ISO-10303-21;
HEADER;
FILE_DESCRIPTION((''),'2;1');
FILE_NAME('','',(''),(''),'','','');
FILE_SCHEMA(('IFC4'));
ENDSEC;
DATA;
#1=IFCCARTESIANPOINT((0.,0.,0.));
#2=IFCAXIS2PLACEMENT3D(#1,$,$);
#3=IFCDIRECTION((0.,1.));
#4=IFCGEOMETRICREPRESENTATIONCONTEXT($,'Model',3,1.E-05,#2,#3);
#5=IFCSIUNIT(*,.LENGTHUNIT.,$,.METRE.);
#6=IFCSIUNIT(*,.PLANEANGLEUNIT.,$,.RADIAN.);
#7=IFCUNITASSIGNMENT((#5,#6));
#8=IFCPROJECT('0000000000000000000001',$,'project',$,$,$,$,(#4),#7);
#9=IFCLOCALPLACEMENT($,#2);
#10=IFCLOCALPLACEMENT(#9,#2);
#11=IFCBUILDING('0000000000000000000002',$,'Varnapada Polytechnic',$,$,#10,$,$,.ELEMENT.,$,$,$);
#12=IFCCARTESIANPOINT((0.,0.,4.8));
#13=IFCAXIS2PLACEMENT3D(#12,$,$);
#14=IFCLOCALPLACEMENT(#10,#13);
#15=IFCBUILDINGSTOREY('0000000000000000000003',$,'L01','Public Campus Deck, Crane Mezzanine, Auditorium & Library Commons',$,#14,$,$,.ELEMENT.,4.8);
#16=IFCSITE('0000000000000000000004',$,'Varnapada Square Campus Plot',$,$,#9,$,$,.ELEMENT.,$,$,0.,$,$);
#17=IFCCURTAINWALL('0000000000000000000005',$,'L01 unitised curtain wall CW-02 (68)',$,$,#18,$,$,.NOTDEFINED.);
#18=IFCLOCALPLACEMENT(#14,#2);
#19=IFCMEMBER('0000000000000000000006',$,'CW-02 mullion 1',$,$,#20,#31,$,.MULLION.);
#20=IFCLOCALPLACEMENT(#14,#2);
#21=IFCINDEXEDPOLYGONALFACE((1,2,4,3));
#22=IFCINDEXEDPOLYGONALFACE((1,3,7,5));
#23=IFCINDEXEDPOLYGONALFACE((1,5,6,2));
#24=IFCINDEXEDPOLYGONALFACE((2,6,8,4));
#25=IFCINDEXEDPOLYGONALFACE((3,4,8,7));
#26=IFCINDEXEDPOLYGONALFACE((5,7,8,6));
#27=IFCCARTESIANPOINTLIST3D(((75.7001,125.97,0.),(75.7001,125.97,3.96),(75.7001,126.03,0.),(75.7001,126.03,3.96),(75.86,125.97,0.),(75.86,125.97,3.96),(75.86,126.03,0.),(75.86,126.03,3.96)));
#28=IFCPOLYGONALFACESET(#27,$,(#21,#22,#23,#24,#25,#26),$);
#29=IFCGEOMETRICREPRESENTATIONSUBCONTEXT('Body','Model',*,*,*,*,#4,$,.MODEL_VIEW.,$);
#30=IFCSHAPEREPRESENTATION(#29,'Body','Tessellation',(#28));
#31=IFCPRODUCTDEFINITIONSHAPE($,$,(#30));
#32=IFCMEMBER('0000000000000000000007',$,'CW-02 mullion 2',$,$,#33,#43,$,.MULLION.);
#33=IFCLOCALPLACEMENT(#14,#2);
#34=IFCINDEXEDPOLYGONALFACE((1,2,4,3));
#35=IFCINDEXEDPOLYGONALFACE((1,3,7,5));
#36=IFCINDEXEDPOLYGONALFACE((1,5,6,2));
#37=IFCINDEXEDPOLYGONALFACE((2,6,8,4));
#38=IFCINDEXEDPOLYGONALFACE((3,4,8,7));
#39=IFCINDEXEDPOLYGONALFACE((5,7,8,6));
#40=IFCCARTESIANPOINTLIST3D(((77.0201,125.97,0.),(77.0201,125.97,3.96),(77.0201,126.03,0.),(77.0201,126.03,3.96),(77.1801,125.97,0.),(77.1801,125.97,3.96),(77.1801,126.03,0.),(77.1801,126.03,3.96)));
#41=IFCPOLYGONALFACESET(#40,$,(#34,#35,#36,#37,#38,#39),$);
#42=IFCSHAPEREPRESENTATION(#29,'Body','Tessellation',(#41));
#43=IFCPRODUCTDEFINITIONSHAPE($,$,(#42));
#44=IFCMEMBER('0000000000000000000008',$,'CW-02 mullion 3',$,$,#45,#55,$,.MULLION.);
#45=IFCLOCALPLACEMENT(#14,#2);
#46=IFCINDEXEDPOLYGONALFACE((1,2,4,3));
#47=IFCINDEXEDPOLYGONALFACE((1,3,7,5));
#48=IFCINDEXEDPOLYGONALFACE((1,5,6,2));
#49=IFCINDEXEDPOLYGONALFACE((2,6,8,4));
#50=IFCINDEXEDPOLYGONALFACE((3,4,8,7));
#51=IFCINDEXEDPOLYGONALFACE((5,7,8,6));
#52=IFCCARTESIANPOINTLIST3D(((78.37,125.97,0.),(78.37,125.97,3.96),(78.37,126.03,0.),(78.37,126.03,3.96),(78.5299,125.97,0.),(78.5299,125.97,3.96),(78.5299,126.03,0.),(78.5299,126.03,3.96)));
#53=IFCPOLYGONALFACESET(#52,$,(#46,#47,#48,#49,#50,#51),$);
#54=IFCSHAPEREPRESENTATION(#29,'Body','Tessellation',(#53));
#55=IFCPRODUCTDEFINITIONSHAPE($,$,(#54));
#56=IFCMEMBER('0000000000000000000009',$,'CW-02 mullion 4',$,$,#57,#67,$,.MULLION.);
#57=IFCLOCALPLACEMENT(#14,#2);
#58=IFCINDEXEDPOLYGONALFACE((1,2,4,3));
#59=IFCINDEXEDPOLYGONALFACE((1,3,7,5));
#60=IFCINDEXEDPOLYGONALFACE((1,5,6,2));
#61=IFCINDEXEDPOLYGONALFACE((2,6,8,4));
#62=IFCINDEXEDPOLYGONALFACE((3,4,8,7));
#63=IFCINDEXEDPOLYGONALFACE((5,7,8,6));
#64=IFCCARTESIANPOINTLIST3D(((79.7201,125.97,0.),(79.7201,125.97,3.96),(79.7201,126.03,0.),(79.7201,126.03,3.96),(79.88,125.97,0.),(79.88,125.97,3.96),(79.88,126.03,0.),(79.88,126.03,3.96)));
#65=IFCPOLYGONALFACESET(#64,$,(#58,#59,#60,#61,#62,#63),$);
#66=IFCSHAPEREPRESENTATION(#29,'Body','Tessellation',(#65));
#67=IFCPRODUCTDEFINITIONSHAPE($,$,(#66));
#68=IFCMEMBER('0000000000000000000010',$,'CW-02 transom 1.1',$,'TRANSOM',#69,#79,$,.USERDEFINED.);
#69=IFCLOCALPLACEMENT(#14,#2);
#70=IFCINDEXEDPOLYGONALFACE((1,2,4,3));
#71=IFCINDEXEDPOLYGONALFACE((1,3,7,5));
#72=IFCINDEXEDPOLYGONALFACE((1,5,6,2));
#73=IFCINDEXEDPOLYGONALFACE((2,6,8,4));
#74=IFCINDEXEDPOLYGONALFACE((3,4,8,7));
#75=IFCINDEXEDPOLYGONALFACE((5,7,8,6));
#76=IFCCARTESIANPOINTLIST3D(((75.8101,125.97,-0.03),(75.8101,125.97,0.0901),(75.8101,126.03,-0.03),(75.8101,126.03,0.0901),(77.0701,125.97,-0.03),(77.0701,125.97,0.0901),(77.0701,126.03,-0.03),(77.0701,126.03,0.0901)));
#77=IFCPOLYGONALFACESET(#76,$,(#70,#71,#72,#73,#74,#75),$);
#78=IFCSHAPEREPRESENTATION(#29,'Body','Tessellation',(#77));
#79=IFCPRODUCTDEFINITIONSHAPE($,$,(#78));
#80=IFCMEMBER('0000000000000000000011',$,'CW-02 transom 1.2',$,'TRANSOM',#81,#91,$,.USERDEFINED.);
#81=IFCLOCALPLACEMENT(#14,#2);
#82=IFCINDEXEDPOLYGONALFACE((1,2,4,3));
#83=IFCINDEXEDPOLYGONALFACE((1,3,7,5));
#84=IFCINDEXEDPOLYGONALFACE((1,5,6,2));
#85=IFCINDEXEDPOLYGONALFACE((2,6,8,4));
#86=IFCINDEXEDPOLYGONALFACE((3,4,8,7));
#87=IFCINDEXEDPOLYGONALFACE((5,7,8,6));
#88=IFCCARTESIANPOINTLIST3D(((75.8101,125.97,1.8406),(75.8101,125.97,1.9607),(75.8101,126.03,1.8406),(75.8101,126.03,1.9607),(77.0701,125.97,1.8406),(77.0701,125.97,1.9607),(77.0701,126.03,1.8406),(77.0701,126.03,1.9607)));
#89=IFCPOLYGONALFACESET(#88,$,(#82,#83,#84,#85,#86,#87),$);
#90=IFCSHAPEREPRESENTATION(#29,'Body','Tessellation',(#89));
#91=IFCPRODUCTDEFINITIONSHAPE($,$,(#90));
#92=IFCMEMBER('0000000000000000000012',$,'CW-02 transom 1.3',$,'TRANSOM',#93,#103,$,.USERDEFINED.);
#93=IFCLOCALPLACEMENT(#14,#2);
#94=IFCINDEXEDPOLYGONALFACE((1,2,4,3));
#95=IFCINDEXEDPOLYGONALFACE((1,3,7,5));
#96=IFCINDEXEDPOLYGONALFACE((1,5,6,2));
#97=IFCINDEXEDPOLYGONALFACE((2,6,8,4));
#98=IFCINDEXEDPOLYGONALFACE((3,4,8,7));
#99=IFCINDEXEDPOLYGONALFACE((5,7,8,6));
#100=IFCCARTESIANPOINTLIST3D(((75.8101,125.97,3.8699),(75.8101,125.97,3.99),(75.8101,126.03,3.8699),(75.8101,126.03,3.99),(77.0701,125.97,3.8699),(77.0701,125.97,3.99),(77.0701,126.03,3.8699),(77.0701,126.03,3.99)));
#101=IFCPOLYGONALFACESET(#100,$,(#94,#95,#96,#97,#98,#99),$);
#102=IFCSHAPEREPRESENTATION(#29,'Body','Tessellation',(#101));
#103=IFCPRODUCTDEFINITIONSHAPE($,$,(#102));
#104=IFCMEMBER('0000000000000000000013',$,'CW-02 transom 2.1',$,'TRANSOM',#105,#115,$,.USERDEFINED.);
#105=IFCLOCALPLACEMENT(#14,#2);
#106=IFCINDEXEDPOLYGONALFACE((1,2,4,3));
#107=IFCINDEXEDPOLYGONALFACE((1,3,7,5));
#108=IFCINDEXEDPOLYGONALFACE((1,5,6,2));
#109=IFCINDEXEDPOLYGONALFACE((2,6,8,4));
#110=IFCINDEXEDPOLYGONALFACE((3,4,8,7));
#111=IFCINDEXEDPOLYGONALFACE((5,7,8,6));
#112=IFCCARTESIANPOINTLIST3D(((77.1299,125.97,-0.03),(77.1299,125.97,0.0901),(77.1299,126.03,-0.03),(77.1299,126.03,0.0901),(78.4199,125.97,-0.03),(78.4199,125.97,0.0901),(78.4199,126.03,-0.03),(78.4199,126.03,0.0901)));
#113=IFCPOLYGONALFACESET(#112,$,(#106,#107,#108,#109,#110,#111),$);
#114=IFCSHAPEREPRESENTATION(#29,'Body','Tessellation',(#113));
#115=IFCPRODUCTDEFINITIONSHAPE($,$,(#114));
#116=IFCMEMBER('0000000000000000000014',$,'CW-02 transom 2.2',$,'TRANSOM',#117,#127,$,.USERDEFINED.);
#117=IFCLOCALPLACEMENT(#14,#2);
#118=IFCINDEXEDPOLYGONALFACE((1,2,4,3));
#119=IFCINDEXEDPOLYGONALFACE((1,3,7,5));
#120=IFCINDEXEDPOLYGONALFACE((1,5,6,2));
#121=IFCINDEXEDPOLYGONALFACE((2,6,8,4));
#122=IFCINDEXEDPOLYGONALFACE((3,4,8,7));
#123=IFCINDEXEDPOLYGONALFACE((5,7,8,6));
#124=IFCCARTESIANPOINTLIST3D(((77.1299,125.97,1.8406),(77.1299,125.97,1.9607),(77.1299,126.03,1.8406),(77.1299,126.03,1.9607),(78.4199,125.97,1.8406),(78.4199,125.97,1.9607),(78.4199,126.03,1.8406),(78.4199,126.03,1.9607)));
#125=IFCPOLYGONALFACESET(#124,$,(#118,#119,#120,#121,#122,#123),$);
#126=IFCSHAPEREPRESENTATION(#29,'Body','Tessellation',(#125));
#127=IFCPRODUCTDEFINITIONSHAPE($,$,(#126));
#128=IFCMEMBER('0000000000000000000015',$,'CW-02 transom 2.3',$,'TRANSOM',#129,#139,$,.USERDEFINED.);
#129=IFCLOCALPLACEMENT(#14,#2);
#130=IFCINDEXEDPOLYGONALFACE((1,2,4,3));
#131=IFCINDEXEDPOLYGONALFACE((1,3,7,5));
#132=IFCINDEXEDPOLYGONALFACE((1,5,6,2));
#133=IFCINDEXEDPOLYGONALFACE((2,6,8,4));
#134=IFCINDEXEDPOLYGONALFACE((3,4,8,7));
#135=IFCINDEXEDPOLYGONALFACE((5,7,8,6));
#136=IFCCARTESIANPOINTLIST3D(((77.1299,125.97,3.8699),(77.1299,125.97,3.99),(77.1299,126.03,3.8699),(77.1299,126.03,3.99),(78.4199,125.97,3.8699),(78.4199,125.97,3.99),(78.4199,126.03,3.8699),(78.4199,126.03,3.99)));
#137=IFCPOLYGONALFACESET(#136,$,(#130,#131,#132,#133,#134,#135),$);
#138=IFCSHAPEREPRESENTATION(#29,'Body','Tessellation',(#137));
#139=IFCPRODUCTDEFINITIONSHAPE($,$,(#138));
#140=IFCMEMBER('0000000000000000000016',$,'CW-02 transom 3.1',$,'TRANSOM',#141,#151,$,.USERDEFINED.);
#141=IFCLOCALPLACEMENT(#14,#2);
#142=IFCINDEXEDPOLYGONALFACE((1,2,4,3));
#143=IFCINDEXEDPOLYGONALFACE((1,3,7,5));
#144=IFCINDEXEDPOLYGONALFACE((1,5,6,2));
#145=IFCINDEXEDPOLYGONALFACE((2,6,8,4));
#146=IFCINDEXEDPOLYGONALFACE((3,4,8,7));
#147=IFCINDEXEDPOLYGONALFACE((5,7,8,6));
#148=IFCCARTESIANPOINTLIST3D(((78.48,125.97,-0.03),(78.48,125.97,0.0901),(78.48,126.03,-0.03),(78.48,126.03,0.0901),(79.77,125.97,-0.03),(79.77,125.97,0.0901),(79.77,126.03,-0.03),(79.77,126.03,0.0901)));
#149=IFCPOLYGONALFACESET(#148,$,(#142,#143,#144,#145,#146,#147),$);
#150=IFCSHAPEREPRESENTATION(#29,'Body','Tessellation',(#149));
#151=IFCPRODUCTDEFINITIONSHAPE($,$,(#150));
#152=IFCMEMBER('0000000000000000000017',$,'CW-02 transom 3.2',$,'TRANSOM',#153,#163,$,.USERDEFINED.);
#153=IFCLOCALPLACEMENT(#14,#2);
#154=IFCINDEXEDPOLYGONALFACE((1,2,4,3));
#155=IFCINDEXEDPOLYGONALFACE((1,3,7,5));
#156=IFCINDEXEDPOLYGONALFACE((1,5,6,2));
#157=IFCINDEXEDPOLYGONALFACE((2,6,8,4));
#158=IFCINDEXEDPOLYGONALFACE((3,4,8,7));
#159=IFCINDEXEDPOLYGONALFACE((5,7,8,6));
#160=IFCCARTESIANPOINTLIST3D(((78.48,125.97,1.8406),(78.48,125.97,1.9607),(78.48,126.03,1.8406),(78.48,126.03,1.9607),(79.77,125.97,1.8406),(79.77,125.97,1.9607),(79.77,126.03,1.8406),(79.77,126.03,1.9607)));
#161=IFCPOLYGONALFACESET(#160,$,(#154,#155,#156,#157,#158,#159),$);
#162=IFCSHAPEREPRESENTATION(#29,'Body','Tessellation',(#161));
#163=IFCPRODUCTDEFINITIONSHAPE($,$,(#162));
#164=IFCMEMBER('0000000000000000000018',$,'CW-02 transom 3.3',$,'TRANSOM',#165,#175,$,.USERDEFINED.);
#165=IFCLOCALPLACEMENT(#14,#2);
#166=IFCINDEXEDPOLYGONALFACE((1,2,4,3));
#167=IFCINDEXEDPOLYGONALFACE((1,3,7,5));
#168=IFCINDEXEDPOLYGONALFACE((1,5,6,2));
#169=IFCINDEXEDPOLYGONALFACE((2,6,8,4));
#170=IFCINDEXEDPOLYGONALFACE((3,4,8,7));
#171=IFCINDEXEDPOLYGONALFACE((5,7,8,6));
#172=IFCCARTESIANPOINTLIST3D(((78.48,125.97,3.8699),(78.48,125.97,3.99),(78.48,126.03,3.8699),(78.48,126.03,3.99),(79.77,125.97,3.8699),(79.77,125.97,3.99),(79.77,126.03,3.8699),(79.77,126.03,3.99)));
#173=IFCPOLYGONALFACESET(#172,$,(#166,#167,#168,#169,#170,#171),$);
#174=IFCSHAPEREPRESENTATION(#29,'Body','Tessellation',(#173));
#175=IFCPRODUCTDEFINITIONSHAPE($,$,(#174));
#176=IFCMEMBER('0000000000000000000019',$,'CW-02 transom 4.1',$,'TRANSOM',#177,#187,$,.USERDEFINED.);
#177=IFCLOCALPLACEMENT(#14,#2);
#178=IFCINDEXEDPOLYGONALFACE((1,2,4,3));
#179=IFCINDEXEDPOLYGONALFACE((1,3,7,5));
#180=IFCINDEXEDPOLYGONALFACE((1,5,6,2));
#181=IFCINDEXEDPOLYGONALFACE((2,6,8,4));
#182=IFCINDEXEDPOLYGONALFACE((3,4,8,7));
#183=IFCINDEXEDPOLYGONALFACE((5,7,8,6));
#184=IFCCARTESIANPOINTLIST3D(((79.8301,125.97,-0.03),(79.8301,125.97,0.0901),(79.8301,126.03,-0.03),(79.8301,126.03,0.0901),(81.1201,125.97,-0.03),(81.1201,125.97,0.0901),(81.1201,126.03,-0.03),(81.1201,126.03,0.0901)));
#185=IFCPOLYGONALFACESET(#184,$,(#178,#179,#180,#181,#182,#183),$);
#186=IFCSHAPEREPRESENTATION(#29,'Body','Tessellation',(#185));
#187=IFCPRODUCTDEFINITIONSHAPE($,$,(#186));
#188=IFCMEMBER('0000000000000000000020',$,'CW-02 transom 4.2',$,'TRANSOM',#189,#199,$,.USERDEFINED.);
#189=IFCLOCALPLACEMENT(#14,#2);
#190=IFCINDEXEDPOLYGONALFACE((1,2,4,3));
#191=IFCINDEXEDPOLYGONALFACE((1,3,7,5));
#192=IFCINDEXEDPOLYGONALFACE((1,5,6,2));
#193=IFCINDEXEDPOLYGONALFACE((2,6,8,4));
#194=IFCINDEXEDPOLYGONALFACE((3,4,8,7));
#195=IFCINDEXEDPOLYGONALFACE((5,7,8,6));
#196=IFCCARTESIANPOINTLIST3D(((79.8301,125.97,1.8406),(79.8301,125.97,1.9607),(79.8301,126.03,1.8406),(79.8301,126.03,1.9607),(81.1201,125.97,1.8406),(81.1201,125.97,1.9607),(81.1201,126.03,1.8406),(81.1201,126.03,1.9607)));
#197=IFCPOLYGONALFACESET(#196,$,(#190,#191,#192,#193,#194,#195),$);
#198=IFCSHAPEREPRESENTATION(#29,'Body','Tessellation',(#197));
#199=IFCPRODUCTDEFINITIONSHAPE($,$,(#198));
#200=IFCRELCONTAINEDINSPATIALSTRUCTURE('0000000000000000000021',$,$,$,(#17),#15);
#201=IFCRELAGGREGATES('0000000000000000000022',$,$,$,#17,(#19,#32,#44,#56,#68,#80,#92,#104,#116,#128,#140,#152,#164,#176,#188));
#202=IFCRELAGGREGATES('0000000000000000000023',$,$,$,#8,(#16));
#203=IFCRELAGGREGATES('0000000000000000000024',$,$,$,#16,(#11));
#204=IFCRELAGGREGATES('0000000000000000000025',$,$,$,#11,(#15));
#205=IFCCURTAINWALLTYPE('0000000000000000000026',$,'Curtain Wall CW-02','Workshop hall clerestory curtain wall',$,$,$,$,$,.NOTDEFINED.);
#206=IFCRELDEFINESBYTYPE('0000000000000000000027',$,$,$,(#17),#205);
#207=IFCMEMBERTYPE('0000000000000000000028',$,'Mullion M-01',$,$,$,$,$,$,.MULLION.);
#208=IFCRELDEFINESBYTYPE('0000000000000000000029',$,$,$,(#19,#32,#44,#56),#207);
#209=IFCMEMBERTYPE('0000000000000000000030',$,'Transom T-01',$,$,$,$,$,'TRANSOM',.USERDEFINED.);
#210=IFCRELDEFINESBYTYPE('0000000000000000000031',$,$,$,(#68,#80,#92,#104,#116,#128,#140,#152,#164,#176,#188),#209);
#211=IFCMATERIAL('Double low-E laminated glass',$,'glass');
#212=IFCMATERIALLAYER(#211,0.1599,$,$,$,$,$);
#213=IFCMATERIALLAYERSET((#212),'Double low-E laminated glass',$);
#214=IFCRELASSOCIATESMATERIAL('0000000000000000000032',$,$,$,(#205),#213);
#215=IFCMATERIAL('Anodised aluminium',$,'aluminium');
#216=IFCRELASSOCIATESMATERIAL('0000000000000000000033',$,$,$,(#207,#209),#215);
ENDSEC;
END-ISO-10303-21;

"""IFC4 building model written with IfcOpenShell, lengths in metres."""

from ifc_helpers import new_model, si_unit, direction, frame, origin, origin_2d, place, context, subcontext, project, spatial, rectangle, extrude, material, layer, layer_set, material_profile, profile_set, type_object, element, aggregate, save


model = new_model("IFC4")

# Units and contexts
model_context = context("Model", 3, precision=1e-05, world=origin(), true_north=direction((0.0, 1.0)))
body_context = subcontext(model_context, "Body", "Model", "MODEL_VIEW")
ifc_project = project(units=[si_unit("LENGTHUNIT", "METRE"), si_unit("PLANEANGLEUNIT", "RADIAN")], contexts=[model_context])

# Site, building, storey
site_placement = place(None, origin())
site = spatial("IfcSite", under=ifc_project, at=site_placement, Name="Varnapada Square Campus Plot", CompositionType="ELEMENT", RefElevation=0.0)
building_placement = place(site_placement, origin())
building = spatial("IfcBuilding", under=site, at=building_placement, Name="Varnapada Polytechnic", CompositionType="ELEMENT")
storey_placement = place(building_placement, frame((0.0, 0.0, 4.8)))
storey = spatial("IfcBuildingStorey", under=building, at=storey_placement, Name="L01", Description="Public Campus Deck, Crane Mezzanine, Auditorium & Library Commons", CompositionType="ELEMENT", Elevation=4.8)

# Curtain wall, members
ifc_material_1 = material(Name="Double low-E laminated glass", Category="glass")
ifc_layer_1 = layer(ifc_material_1, 0.1599)
ifc_layer_set_1 = layer_set([ifc_layer_1], Name="Double low-E laminated glass")
curtain_wall_type = type_object("IfcCurtainWallType", Name="Curtain Wall CW-02", Description="Workshop hall clerestory curtain wall", PredefinedType="NOTDEFINED", material=ifc_layer_set_1)
curtain_wall_placement = place(storey_placement, origin())
curtain_wall = element("IfcCurtainWall", 1, at=curtain_wall_placement, inside=storey, type_object=curtain_wall_type, Name="L01 unitised curtain wall CW-02 (68)", PredefinedType="NOTDEFINED")
ifc_material_2 = material(Name="Anodised aluminium", Category="aluminium")
ifc_material_profile_1 = material_profile(ifc_material_2, rectangle(XDim=0.0601, YDim=0.1599, at=origin_2d()), Name="ALU M60x160")
ifc_profile_set_1 = profile_set([ifc_material_profile_1], Name="Anodised aluminium")
member_type_1 = type_object("IfcMemberType", Name="Mullion M-01", PredefinedType="MULLION", material=ifc_profile_set_1)
member_1_placement = place(storey_placement, frame((75.78, 126.0, 0.0), z_axis=(0.0, 0.0, 1.0), x_axis=(0.0, 1.0, 0.0)))
member_1 = element("IfcMember", 2, at=member_1_placement, type_object=member_type_1, Name="CW-02 mullion 1", PredefinedType="MULLION", context=body_context, shape_type="SweptSolid", body=[
    extrude(rectangle(XDim=0.0601, YDim=0.1599, at=origin_2d()), origin(), (0.0, 0.0, 1.0), 3.96),
])
member_2_placement = place(storey_placement, frame((77.1001, 126.0, 0.0), z_axis=(0.0, 0.0, 1.0), x_axis=(0.0, 1.0, 0.0)))
member_2 = element("IfcMember", 3, at=member_2_placement, type_object=member_type_1, Name="CW-02 mullion 2", PredefinedType="MULLION", context=body_context, shape_type="SweptSolid", body=[
    extrude(rectangle(XDim=0.0601, YDim=0.1599, at=origin_2d()), origin(), (0.0, 0.0, 1.0), 3.96),
])
member_3_placement = place(storey_placement, frame((78.45, 126.0, 0.0), z_axis=(0.0, 0.0, 1.0), x_axis=(0.0, 1.0, 0.0)))
member_3 = element("IfcMember", 4, at=member_3_placement, type_object=member_type_1, Name="CW-02 mullion 3", PredefinedType="MULLION", context=body_context, shape_type="SweptSolid", body=[
    extrude(rectangle(XDim=0.0601, YDim=0.1599, at=origin_2d()), origin(), (0.0, 0.0, 1.0), 3.96),
])
member_4_placement = place(storey_placement, frame((79.8, 126.0, 0.0), z_axis=(0.0, 0.0, 1.0), x_axis=(0.0, 1.0, 0.0)))
member_4 = element("IfcMember", 5, at=member_4_placement, type_object=member_type_1, Name="CW-02 mullion 4", PredefinedType="MULLION", context=body_context, shape_type="SweptSolid", body=[
    extrude(rectangle(XDim=0.0601, YDim=0.1599, at=origin_2d()), origin(), (0.0, 0.0, 1.0), 3.96),
])
ifc_material_profile_2 = material_profile(ifc_material_2, rectangle(XDim=0.0601, YDim=0.1201, at=origin_2d()), Name="ALU T60x120")
ifc_profile_set_2 = profile_set([ifc_material_profile_2], Name="Anodised aluminium")
member_type_2 = type_object("IfcMemberType", Name="Transom T-01", ElementType="TRANSOM", PredefinedType="USERDEFINED", material=ifc_profile_set_2)
member_5_placement = place(storey_placement, frame((75.8101, 126.0, 0.03), z_axis=(1.0, 0.0, 0.0), x_axis=(0.0, 1.0, 0.0)))
member_5 = element("IfcMember", 6, at=member_5_placement, type_object=member_type_2, Name="CW-02 transom 1.1", ObjectType="TRANSOM", PredefinedType="USERDEFINED", context=body_context, shape_type="SweptSolid", body=[
    extrude(rectangle(XDim=0.0601, YDim=0.1201, at=origin_2d()), origin(), (0.0, 0.0, 1.0), 1.26),
])
member_6_placement = place(storey_placement, frame((75.8101, 126.0, 1.9006), z_axis=(1.0, 0.0, 0.0), x_axis=(0.0, 1.0, 0.0)))
member_6 = element("IfcMember", 7, at=member_6_placement, type_object=member_type_2, Name="CW-02 transom 1.2", ObjectType="TRANSOM", PredefinedType="USERDEFINED", context=body_context, shape_type="SweptSolid", body=[
    extrude(rectangle(XDim=0.0601, YDim=0.1201, at=origin_2d()), origin(), (0.0, 0.0, 1.0), 1.26),
])
member_7_placement = place(storey_placement, frame((75.8101, 126.0, 3.9299), z_axis=(1.0, 0.0, 0.0), x_axis=(0.0, 1.0, 0.0)))
member_7 = element("IfcMember", 8, at=member_7_placement, type_object=member_type_2, Name="CW-02 transom 1.3", ObjectType="TRANSOM", PredefinedType="USERDEFINED", context=body_context, shape_type="SweptSolid", body=[
    extrude(rectangle(XDim=0.0601, YDim=0.1201, at=origin_2d()), origin(), (0.0, 0.0, 1.0), 1.26),
])
member_8_placement = place(storey_placement, frame((77.1299, 126.0, 0.03), z_axis=(1.0, 0.0, 0.0), x_axis=(0.0, 1.0, 0.0)))
member_8 = element("IfcMember", 9, at=member_8_placement, type_object=member_type_2, Name="CW-02 transom 2.1", ObjectType="TRANSOM", PredefinedType="USERDEFINED", context=body_context, shape_type="SweptSolid", body=[
    extrude(rectangle(XDim=0.0601, YDim=0.1201, at=origin_2d()), origin(), (0.0, 0.0, 1.0), 1.29),
])
member_9_placement = place(storey_placement, frame((77.1299, 126.0, 1.9006), z_axis=(1.0, 0.0, 0.0), x_axis=(0.0, 1.0, 0.0)))
member_9 = element("IfcMember", 10, at=member_9_placement, type_object=member_type_2, Name="CW-02 transom 2.2", ObjectType="TRANSOM", PredefinedType="USERDEFINED", context=body_context, shape_type="SweptSolid", body=[
    extrude(rectangle(XDim=0.0601, YDim=0.1201, at=origin_2d()), origin(), (0.0, 0.0, 1.0), 1.29),
])
member_10_placement = place(storey_placement, frame((77.1299, 126.0, 3.9299), z_axis=(1.0, 0.0, 0.0), x_axis=(0.0, 1.0, 0.0)))
member_10 = element("IfcMember", 11, at=member_10_placement, type_object=member_type_2, Name="CW-02 transom 2.3", ObjectType="TRANSOM", PredefinedType="USERDEFINED", context=body_context, shape_type="SweptSolid", body=[
    extrude(rectangle(XDim=0.0601, YDim=0.1201, at=origin_2d()), origin(), (0.0, 0.0, 1.0), 1.29),
])
member_11_placement = place(storey_placement, frame((78.48, 126.0, 0.03), z_axis=(1.0, 0.0, 0.0), x_axis=(0.0, 1.0, 0.0)))
member_11 = element("IfcMember", 12, at=member_11_placement, type_object=member_type_2, Name="CW-02 transom 3.1", ObjectType="TRANSOM", PredefinedType="USERDEFINED", context=body_context, shape_type="SweptSolid", body=[
    extrude(rectangle(XDim=0.0601, YDim=0.1201, at=origin_2d()), origin(), (0.0, 0.0, 1.0), 1.29),
])
member_12_placement = place(storey_placement, frame((78.48, 126.0, 1.9006), z_axis=(1.0, 0.0, 0.0), x_axis=(0.0, 1.0, 0.0)))
member_12 = element("IfcMember", 13, at=member_12_placement, type_object=member_type_2, Name="CW-02 transom 3.2", ObjectType="TRANSOM", PredefinedType="USERDEFINED", context=body_context, shape_type="SweptSolid", body=[
    extrude(rectangle(XDim=0.0601, YDim=0.1201, at=origin_2d()), origin(), (0.0, 0.0, 1.0), 1.29),
])
member_13_placement = place(storey_placement, frame((78.48, 126.0, 3.9299), z_axis=(1.0, 0.0, 0.0), x_axis=(0.0, 1.0, 0.0)))
member_13 = element("IfcMember", 14, at=member_13_placement, type_object=member_type_2, Name="CW-02 transom 3.3", ObjectType="TRANSOM", PredefinedType="USERDEFINED", context=body_context, shape_type="SweptSolid", body=[
    extrude(rectangle(XDim=0.0601, YDim=0.1201, at=origin_2d()), origin(), (0.0, 0.0, 1.0), 1.29),
])
member_14_placement = place(storey_placement, frame((79.8301, 126.0, 0.03), z_axis=(1.0, 0.0, 0.0), x_axis=(0.0, 1.0, 0.0)))
member_14 = element("IfcMember", 15, at=member_14_placement, type_object=member_type_2, Name="CW-02 transom 4.1", ObjectType="TRANSOM", PredefinedType="USERDEFINED", context=body_context, shape_type="SweptSolid", body=[
    extrude(rectangle(XDim=0.0601, YDim=0.1201, at=origin_2d()), origin(), (0.0, 0.0, 1.0), 1.29),
])
member_15_placement = place(storey_placement, frame((79.8301, 126.0, 1.9006), z_axis=(1.0, 0.0, 0.0), x_axis=(0.0, 1.0, 0.0)))
member_15 = element("IfcMember", 16, at=member_15_placement, type_object=member_type_2, Name="CW-02 transom 4.2", ObjectType="TRANSOM", PredefinedType="USERDEFINED", context=body_context, shape_type="SweptSolid", body=[
    extrude(rectangle(XDim=0.0601, YDim=0.1201, at=origin_2d()), origin(), (0.0, 0.0, 1.0), 1.29),
])
aggregate(curtain_wall, [member_1, member_2, member_3, member_4, member_5, member_6, member_7, member_8, member_9, member_10, member_11, member_12, member_13, member_14, member_15])

save(model, "model.ifc")
